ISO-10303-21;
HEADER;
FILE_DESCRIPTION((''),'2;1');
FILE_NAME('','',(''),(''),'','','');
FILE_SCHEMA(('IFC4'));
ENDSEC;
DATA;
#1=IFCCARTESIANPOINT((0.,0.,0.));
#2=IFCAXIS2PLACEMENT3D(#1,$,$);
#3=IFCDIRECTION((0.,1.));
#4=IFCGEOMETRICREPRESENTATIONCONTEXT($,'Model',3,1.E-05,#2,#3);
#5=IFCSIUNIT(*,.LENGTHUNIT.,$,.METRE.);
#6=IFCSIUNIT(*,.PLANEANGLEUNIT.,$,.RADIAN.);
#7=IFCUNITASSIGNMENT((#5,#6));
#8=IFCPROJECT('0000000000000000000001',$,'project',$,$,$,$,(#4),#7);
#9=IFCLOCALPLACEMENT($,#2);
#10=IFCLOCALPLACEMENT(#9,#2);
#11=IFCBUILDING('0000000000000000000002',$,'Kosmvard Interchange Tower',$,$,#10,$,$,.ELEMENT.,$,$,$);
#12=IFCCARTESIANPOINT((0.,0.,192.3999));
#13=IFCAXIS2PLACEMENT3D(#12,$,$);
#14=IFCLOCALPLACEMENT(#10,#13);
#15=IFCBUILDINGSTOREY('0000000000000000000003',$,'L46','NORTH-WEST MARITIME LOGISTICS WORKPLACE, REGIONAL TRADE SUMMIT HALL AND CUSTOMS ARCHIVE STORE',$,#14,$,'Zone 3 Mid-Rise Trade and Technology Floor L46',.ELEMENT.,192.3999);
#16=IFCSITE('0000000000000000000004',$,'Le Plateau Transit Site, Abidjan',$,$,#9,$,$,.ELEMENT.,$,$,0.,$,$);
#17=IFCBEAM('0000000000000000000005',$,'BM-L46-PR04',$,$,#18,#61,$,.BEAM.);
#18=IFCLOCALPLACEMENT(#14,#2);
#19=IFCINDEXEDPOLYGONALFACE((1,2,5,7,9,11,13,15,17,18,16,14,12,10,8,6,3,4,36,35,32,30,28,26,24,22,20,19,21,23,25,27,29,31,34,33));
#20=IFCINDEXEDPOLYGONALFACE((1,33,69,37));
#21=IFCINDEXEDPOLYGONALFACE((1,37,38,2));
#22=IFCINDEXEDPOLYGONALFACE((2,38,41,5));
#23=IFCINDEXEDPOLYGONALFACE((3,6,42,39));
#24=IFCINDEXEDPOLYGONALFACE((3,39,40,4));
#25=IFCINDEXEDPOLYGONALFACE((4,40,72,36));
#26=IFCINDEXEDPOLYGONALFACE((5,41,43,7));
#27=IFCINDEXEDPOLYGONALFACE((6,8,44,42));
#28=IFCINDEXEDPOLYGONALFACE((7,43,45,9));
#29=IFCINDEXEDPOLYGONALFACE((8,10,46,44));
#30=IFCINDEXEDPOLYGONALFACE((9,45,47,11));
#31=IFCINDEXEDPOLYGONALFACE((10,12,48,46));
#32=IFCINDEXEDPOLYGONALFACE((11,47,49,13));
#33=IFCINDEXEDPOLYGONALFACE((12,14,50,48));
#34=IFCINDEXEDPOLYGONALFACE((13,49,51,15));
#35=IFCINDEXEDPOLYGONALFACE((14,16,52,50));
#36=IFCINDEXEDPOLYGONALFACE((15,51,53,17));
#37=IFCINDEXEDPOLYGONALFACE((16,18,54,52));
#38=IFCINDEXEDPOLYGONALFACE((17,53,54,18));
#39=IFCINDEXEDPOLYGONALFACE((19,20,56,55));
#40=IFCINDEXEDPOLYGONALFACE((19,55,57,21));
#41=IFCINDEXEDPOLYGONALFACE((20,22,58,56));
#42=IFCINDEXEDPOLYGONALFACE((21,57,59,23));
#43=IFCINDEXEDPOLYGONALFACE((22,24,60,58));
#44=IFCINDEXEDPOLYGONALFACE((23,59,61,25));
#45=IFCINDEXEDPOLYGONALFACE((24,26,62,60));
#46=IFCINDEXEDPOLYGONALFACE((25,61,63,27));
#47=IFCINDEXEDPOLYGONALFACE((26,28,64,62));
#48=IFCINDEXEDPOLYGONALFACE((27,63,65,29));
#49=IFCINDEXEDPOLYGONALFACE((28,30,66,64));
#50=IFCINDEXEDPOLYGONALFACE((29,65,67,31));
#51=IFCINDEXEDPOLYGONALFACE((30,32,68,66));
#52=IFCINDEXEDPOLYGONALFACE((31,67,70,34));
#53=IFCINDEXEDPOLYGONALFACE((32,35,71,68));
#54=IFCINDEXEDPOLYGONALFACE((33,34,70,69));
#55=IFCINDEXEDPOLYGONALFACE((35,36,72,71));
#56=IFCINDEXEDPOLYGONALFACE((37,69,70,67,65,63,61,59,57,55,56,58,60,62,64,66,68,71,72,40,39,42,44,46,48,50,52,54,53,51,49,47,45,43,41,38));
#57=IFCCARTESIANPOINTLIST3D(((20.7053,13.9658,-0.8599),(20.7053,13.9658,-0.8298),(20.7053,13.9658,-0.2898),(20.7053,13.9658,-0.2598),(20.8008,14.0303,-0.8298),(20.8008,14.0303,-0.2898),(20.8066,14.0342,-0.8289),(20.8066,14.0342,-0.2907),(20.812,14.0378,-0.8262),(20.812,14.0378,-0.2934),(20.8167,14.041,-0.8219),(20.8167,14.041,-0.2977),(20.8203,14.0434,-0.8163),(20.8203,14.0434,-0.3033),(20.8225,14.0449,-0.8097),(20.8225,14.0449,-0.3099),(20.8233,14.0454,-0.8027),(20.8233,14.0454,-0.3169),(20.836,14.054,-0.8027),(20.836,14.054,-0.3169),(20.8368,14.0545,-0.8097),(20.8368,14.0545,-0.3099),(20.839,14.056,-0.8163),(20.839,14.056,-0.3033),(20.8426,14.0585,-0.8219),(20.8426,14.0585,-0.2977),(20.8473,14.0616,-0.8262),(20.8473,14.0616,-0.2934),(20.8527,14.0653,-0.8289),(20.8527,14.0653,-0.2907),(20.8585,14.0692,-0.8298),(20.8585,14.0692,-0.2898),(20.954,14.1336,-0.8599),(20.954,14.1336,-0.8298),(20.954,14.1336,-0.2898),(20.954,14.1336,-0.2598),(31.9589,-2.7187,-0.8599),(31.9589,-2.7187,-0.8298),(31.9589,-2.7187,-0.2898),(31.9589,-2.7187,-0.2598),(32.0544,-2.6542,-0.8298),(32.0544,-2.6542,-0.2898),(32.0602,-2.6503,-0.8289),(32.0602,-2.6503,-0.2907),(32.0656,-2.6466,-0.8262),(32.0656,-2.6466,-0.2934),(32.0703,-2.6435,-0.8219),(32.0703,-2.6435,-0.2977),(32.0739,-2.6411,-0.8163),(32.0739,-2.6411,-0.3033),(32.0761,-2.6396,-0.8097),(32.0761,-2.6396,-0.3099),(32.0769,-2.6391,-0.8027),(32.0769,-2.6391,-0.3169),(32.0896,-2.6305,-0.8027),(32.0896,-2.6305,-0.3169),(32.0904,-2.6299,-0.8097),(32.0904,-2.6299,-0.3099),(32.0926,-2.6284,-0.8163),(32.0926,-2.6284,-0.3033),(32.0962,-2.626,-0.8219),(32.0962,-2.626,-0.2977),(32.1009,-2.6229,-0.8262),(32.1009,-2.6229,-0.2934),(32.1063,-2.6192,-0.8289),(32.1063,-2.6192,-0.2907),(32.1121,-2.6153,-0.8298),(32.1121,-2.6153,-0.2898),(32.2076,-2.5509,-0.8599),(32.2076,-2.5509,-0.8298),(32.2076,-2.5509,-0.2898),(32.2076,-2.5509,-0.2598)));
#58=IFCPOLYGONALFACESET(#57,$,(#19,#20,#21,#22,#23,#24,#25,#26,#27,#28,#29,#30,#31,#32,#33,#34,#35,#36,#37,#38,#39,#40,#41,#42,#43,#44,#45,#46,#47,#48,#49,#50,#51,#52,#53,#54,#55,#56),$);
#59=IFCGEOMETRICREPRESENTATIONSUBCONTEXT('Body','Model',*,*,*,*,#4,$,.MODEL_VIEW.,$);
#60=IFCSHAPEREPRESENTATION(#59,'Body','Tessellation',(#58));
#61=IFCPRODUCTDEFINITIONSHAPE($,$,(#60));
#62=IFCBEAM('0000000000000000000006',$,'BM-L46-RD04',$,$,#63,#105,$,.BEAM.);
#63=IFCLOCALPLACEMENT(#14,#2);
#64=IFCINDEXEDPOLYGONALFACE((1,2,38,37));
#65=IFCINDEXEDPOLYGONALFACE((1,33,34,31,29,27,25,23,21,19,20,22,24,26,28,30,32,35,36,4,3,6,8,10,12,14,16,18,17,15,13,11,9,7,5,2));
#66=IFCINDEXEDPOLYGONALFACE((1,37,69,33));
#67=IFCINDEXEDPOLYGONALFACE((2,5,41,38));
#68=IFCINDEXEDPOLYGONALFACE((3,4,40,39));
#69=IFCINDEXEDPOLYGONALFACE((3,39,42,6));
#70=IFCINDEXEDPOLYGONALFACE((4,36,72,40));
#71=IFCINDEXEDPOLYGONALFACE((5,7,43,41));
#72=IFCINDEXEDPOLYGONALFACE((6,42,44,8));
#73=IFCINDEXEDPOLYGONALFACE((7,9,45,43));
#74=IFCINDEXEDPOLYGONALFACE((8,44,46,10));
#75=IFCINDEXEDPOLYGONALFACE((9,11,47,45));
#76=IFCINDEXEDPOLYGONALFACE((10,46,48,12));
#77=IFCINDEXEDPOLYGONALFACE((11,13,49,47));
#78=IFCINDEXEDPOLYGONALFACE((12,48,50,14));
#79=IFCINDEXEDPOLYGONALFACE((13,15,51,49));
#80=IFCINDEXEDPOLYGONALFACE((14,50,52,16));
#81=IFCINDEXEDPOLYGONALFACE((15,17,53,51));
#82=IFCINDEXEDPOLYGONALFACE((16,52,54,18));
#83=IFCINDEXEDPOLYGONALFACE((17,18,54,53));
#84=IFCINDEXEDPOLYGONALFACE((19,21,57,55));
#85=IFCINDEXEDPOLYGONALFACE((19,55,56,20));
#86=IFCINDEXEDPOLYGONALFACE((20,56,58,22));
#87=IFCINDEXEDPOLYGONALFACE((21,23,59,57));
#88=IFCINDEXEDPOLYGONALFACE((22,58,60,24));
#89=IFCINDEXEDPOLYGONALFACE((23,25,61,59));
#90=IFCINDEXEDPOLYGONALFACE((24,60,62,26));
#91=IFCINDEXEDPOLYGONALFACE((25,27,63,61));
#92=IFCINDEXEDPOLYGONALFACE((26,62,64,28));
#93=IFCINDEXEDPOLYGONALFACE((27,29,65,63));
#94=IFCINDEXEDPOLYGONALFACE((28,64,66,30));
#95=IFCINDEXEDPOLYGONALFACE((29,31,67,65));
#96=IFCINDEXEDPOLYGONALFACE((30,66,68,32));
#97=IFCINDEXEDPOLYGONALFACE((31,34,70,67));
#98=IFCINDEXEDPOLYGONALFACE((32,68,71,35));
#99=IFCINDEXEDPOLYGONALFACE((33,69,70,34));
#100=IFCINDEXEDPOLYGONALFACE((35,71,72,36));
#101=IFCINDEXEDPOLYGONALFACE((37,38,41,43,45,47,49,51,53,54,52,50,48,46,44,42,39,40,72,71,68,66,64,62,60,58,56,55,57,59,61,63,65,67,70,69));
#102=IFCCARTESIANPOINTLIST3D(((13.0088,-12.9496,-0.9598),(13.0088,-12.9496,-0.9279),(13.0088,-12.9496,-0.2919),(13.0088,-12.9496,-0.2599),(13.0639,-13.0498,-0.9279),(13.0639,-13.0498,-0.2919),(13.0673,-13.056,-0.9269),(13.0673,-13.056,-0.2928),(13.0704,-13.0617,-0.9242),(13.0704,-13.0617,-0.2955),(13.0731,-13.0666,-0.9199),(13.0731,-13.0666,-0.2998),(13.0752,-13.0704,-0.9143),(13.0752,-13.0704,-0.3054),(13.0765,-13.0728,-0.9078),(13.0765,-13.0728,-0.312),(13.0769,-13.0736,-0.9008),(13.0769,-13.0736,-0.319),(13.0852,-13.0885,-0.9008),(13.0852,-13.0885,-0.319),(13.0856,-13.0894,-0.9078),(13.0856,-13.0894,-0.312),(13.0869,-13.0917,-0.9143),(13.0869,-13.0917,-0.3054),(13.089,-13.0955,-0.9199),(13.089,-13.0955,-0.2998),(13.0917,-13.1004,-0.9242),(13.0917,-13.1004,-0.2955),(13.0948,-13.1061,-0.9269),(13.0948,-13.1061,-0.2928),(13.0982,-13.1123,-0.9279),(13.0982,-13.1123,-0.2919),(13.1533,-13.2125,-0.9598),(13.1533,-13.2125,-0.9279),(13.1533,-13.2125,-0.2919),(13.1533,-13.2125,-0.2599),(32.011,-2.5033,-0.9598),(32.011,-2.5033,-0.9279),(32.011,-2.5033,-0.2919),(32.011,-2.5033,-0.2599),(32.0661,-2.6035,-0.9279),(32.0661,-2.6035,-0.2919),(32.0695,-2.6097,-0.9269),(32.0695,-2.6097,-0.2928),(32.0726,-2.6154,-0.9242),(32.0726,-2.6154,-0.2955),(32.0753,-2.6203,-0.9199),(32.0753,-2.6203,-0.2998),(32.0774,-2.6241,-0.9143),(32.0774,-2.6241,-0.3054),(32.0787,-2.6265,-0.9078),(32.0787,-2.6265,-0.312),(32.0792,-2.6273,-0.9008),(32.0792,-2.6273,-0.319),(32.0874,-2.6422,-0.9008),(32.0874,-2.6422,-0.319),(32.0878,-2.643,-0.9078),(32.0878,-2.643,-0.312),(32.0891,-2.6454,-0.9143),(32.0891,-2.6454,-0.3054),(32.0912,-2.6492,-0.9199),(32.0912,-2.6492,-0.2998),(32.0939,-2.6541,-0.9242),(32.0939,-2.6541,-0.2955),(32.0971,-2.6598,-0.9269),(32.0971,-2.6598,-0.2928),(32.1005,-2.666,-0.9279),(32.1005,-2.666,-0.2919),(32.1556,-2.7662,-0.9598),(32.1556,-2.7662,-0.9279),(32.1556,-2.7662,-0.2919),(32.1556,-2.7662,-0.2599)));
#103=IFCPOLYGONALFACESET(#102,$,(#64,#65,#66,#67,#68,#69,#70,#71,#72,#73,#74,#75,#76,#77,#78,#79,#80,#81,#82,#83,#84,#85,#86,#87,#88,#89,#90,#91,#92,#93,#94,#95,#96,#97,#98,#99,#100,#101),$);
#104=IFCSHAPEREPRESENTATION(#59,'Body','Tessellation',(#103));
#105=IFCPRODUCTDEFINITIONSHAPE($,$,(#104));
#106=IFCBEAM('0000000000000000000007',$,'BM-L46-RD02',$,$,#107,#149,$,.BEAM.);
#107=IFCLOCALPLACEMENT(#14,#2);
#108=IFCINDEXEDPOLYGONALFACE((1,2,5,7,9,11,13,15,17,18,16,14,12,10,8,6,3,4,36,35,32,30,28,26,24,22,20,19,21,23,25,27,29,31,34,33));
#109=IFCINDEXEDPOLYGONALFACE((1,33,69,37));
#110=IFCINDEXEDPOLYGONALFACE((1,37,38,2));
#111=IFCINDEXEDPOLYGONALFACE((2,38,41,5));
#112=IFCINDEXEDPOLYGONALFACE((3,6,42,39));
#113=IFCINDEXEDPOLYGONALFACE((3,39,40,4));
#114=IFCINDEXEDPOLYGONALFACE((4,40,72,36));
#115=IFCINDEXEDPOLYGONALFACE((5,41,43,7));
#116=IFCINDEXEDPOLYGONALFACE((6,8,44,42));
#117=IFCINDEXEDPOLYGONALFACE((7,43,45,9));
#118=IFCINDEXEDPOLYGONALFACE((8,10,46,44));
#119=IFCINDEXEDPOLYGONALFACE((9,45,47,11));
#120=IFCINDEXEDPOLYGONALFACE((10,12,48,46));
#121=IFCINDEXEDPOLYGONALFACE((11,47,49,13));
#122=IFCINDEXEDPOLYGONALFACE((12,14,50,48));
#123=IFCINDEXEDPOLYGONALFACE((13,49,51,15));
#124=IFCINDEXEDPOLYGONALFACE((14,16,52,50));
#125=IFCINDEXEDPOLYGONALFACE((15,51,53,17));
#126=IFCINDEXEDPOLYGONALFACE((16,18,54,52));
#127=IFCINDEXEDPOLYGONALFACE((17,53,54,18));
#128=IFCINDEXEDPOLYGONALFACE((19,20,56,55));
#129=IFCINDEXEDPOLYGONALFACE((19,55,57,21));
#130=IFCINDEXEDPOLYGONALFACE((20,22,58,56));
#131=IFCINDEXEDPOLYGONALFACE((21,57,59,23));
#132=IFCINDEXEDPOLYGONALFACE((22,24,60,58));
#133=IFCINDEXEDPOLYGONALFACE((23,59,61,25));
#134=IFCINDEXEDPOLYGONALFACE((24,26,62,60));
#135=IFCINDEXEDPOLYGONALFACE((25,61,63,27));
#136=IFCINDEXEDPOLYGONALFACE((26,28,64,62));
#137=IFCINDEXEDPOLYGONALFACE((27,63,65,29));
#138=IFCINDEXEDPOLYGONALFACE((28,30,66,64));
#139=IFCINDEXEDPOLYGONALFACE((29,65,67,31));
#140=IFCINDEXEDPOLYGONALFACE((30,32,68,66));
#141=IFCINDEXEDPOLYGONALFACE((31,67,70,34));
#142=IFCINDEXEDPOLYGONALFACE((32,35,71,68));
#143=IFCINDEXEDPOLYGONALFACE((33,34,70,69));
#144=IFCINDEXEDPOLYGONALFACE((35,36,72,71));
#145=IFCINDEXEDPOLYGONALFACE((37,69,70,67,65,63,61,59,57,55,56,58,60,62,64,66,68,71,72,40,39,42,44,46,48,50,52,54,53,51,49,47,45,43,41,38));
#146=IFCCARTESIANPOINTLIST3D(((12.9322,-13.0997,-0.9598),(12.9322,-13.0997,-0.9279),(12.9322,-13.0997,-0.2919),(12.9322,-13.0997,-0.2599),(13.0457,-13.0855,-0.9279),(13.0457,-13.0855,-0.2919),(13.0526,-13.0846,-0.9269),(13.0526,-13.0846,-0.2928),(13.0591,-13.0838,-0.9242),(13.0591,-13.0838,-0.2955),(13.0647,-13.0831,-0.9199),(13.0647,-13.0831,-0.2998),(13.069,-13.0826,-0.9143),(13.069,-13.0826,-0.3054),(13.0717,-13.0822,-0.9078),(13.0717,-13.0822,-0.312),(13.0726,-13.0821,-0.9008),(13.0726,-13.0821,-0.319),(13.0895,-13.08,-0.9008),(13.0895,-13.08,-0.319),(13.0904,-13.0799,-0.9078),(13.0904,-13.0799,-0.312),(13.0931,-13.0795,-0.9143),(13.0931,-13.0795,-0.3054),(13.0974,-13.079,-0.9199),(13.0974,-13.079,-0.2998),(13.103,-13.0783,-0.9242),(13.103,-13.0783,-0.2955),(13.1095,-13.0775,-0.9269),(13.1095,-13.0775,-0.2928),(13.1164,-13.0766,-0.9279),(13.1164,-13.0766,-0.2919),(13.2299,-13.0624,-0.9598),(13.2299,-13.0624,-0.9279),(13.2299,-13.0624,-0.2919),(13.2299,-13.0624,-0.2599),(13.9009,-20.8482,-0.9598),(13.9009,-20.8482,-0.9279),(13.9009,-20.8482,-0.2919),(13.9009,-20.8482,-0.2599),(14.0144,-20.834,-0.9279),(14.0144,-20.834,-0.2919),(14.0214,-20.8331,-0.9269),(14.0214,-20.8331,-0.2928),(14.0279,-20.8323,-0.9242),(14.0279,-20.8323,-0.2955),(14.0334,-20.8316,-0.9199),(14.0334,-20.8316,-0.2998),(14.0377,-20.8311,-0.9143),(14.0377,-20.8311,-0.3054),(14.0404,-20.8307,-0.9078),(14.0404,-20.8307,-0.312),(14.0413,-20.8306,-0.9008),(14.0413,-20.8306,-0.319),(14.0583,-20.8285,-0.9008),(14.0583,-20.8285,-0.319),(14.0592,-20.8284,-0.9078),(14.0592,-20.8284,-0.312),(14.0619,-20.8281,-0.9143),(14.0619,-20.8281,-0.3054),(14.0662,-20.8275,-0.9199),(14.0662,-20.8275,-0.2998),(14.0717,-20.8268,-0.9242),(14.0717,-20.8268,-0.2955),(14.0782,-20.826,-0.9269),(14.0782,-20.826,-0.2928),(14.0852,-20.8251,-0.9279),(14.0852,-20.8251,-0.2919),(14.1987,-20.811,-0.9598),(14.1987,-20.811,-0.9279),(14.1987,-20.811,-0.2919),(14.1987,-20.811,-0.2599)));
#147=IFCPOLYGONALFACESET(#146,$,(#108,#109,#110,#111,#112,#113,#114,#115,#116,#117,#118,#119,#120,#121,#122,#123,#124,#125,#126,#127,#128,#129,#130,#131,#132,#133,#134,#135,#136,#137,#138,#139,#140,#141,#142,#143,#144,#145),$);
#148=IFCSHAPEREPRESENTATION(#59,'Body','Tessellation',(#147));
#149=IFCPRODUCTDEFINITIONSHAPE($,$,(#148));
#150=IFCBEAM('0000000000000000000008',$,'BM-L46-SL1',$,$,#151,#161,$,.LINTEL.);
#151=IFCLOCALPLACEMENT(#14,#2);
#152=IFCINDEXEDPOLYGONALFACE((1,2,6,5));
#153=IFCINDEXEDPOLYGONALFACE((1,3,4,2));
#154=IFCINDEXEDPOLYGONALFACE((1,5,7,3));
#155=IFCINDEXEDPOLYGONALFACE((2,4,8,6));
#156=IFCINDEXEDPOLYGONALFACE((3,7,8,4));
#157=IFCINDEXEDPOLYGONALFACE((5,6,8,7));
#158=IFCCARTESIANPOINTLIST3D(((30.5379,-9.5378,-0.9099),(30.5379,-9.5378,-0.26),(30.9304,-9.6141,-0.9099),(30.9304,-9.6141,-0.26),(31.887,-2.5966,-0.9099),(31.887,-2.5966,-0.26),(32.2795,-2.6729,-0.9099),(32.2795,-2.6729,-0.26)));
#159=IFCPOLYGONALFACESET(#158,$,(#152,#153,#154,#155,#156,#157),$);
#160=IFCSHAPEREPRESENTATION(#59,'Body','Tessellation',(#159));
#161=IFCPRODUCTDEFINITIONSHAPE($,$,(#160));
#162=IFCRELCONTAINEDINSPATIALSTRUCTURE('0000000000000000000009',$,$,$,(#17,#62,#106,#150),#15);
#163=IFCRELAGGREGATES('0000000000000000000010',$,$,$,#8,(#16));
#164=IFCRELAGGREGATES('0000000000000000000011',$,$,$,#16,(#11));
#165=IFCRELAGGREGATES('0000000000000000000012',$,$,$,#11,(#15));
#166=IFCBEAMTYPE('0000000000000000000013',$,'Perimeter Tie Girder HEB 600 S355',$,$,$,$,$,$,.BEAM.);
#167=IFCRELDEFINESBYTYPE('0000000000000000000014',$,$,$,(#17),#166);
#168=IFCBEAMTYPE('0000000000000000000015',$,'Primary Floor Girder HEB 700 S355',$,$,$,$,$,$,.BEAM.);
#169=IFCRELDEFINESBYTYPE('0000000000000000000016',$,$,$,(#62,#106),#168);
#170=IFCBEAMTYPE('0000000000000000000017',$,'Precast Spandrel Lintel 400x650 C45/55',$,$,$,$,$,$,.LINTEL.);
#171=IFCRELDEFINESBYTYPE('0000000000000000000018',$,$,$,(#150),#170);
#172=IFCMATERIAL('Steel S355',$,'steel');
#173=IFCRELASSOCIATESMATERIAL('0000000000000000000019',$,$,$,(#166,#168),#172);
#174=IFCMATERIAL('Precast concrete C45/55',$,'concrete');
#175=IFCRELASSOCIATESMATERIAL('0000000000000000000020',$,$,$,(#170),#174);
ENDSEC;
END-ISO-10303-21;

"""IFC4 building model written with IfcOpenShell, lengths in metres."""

from ifc_helpers import new_model, si_unit, direction, frame, origin, origin_2d, place, context, subcontext, project, spatial, rectangle, i_section, extrude, source, transform, mapped, material, material_profile, profile_set, type_object, element, save


model = new_model("IFC4")

# Units and contexts
model_context = context("Model", 3, precision=1e-05, world=origin(), true_north=direction((0.0, 1.0)))
body_context = subcontext(model_context, "Body", "Model", "MODEL_VIEW")
ifc_project = project(units=[si_unit("LENGTHUNIT", "METRE"), si_unit("PLANEANGLEUNIT", "RADIAN")], contexts=[model_context])

# Site, building, storey
site_placement = place(None, origin())
site = spatial("IfcSite", under=ifc_project, at=site_placement, Name="Le Plateau Transit Site, Abidjan", CompositionType="ELEMENT", RefElevation=0.0)
building_placement = place(site_placement, origin())
building = spatial("IfcBuilding", under=site, at=building_placement, Name="Kosmvard Interchange Tower", CompositionType="ELEMENT")
storey_placement = place(building_placement, frame((0.0, 0.0, 192.3999)))
storey = spatial("IfcBuildingStorey", under=building, at=storey_placement, Name="L46", Description="NORTH-WEST MARITIME LOGISTICS WORKPLACE, REGIONAL TRADE SUMMIT HALL AND CUSTOMS ARCHIVE STORE", LongName="Zone 3 Mid-Rise Trade and Technology Floor L46", CompositionType="ELEMENT", Elevation=192.3999)

# Beams
ifc_material_1 = material(Name="Steel S355", Category="steel")
ifc_material_profile_1 = material_profile(ifc_material_1, i_section(OverallWidth=0.3, OverallDepth=0.6001, WebThickness=0.0154, FlangeThickness=0.03, FilletRadius=0.0271, at=origin_2d()), Name="HEB 600")
ifc_profile_set_1 = profile_set([ifc_material_profile_1], Name="Steel S355")
beam_type_1 = type_object("IfcBeamType", Name="Perimeter Tie Girder HEB 600 S355", PredefinedType="BEAM", material=ifc_profile_set_1)
shared_shape_1 = source(origin(), body_context, "Body", "SweptSolid", [
    extrude(i_section(OverallWidth=0.3, OverallDepth=0.6001, WebThickness=0.0154, FlangeThickness=0.03, FilletRadius=0.0271, at=origin_2d()), origin(), (0.0, 0.0, 1.0), 20.125),
])
for number, where, z_axis, x_axis, name in (
    (1, (32.0833, -2.6348, -0.5598), (-0.559185, 0.829043, 0.0), (-0.829043, -0.559185, 0.0), "BM-L46-PR04"),
):
    element("IfcBeam", number, at=place(storey_placement, frame(where, z_axis=z_axis, x_axis=x_axis)), inside=storey, type_object=beam_type_1, Name=name, PredefinedType="BEAM", context=body_context, shape_type="MappedRepresentation", body=[
        mapped(shared_shape_1, transform((0.0, 0.0, 0.0), scale=1.0)),
    ])
ifc_material_profile_2 = material_profile(ifc_material_1, i_section(OverallWidth=0.3, OverallDepth=0.7, WebThickness=0.0171, FlangeThickness=0.032, FilletRadius=0.0271, at=origin_2d()), Name="HEB 700")
ifc_profile_set_2 = profile_set([ifc_material_profile_2], Name="Steel S355")
beam_type_2 = type_object("IfcBeamType", Name="Primary Floor Girder HEB 700 S355", PredefinedType="BEAM", material=ifc_profile_set_2)
shared_shape_2 = source(origin(), body_context, "Body", "SweptSolid", [
    extrude(i_section(OverallWidth=0.3, OverallDepth=0.7, WebThickness=0.0171, FlangeThickness=0.032, FilletRadius=0.0271, at=origin_2d()), origin(), (0.0, 0.0, 1.0), 21.6843),
])
beam_1_placement = place(storey_placement, frame((13.0811, -13.0811, -0.6099), z_axis=(0.876312, 0.481745, 0.0), x_axis=(-0.481745, 0.876312, 0.0)))
element("IfcBeam", 2, at=beam_1_placement, inside=storey, type_object=beam_type_2, Name="BM-L46-RD04", PredefinedType="BEAM", context=body_context, shape_type="MappedRepresentation", body=[
    mapped(shared_shape_2, transform((0.0, 0.0, 0.0), scale=1.0)),
])
shared_shape_3 = source(origin(), body_context, "Body", "SweptSolid", [
    extrude(i_section(OverallWidth=0.3, OverallDepth=0.7, WebThickness=0.0171, FlangeThickness=0.032, FilletRadius=0.0271, at=origin_2d()), origin(), (0.0, 0.0, 1.0), 7.8088),
])
beam_2_placement = place(storey_placement, frame((13.0811, -13.0811, -0.6099), z_axis=(0.124058, -0.992275, 0.0), x_axis=(0.992275, 0.124058, 0.0)))
element("IfcBeam", 3, at=beam_2_placement, inside=storey, type_object=beam_type_2, Name="BM-L46-RD02", PredefinedType="BEAM", context=body_context, shape_type="MappedRepresentation", body=[
    mapped(shared_shape_3, transform((0.0, 0.0, 0.0), scale=1.0)),
])
ifc_material_2 = material(Name="Precast concrete C45/55", Category="concrete")
ifc_material_profile_3 = material_profile(ifc_material_2, rectangle(XDim=0.3999, YDim=0.6499, at=origin_2d()), Name="SL 400x650")
ifc_profile_set_3 = profile_set([ifc_material_profile_3], Name="Precast concrete C45/55")
beam_type_3 = type_object("IfcBeamType", Name="Precast Spandrel Lintel 400x650 C45/55", PredefinedType="LINTEL", material=ifc_profile_set_3)
shared_shape_4 = source(origin(), body_context, "Body", "SweptSolid", [
    extrude(rectangle(XDim=0.3999, YDim=0.6499, at=origin_2d()), origin(), (0.0, 0.0, 1.0), 7.071),
])
beam_3_placement = place(storey_placement, frame((30.7341, -9.5759, -0.585), z_axis=(0.190795, 0.98163, 0.0), x_axis=(-0.98163, 0.190795, 0.0)))
element("IfcBeam", 4, at=beam_3_placement, inside=storey, type_object=beam_type_3, Name="BM-L46-SL1", PredefinedType="LINTEL", context=body_context, shape_type="MappedRepresentation", body=[
    mapped(shared_shape_4, transform((0.0, 0.0, 0.0), scale=1.0)),
])

save(model, "model.ifc")
